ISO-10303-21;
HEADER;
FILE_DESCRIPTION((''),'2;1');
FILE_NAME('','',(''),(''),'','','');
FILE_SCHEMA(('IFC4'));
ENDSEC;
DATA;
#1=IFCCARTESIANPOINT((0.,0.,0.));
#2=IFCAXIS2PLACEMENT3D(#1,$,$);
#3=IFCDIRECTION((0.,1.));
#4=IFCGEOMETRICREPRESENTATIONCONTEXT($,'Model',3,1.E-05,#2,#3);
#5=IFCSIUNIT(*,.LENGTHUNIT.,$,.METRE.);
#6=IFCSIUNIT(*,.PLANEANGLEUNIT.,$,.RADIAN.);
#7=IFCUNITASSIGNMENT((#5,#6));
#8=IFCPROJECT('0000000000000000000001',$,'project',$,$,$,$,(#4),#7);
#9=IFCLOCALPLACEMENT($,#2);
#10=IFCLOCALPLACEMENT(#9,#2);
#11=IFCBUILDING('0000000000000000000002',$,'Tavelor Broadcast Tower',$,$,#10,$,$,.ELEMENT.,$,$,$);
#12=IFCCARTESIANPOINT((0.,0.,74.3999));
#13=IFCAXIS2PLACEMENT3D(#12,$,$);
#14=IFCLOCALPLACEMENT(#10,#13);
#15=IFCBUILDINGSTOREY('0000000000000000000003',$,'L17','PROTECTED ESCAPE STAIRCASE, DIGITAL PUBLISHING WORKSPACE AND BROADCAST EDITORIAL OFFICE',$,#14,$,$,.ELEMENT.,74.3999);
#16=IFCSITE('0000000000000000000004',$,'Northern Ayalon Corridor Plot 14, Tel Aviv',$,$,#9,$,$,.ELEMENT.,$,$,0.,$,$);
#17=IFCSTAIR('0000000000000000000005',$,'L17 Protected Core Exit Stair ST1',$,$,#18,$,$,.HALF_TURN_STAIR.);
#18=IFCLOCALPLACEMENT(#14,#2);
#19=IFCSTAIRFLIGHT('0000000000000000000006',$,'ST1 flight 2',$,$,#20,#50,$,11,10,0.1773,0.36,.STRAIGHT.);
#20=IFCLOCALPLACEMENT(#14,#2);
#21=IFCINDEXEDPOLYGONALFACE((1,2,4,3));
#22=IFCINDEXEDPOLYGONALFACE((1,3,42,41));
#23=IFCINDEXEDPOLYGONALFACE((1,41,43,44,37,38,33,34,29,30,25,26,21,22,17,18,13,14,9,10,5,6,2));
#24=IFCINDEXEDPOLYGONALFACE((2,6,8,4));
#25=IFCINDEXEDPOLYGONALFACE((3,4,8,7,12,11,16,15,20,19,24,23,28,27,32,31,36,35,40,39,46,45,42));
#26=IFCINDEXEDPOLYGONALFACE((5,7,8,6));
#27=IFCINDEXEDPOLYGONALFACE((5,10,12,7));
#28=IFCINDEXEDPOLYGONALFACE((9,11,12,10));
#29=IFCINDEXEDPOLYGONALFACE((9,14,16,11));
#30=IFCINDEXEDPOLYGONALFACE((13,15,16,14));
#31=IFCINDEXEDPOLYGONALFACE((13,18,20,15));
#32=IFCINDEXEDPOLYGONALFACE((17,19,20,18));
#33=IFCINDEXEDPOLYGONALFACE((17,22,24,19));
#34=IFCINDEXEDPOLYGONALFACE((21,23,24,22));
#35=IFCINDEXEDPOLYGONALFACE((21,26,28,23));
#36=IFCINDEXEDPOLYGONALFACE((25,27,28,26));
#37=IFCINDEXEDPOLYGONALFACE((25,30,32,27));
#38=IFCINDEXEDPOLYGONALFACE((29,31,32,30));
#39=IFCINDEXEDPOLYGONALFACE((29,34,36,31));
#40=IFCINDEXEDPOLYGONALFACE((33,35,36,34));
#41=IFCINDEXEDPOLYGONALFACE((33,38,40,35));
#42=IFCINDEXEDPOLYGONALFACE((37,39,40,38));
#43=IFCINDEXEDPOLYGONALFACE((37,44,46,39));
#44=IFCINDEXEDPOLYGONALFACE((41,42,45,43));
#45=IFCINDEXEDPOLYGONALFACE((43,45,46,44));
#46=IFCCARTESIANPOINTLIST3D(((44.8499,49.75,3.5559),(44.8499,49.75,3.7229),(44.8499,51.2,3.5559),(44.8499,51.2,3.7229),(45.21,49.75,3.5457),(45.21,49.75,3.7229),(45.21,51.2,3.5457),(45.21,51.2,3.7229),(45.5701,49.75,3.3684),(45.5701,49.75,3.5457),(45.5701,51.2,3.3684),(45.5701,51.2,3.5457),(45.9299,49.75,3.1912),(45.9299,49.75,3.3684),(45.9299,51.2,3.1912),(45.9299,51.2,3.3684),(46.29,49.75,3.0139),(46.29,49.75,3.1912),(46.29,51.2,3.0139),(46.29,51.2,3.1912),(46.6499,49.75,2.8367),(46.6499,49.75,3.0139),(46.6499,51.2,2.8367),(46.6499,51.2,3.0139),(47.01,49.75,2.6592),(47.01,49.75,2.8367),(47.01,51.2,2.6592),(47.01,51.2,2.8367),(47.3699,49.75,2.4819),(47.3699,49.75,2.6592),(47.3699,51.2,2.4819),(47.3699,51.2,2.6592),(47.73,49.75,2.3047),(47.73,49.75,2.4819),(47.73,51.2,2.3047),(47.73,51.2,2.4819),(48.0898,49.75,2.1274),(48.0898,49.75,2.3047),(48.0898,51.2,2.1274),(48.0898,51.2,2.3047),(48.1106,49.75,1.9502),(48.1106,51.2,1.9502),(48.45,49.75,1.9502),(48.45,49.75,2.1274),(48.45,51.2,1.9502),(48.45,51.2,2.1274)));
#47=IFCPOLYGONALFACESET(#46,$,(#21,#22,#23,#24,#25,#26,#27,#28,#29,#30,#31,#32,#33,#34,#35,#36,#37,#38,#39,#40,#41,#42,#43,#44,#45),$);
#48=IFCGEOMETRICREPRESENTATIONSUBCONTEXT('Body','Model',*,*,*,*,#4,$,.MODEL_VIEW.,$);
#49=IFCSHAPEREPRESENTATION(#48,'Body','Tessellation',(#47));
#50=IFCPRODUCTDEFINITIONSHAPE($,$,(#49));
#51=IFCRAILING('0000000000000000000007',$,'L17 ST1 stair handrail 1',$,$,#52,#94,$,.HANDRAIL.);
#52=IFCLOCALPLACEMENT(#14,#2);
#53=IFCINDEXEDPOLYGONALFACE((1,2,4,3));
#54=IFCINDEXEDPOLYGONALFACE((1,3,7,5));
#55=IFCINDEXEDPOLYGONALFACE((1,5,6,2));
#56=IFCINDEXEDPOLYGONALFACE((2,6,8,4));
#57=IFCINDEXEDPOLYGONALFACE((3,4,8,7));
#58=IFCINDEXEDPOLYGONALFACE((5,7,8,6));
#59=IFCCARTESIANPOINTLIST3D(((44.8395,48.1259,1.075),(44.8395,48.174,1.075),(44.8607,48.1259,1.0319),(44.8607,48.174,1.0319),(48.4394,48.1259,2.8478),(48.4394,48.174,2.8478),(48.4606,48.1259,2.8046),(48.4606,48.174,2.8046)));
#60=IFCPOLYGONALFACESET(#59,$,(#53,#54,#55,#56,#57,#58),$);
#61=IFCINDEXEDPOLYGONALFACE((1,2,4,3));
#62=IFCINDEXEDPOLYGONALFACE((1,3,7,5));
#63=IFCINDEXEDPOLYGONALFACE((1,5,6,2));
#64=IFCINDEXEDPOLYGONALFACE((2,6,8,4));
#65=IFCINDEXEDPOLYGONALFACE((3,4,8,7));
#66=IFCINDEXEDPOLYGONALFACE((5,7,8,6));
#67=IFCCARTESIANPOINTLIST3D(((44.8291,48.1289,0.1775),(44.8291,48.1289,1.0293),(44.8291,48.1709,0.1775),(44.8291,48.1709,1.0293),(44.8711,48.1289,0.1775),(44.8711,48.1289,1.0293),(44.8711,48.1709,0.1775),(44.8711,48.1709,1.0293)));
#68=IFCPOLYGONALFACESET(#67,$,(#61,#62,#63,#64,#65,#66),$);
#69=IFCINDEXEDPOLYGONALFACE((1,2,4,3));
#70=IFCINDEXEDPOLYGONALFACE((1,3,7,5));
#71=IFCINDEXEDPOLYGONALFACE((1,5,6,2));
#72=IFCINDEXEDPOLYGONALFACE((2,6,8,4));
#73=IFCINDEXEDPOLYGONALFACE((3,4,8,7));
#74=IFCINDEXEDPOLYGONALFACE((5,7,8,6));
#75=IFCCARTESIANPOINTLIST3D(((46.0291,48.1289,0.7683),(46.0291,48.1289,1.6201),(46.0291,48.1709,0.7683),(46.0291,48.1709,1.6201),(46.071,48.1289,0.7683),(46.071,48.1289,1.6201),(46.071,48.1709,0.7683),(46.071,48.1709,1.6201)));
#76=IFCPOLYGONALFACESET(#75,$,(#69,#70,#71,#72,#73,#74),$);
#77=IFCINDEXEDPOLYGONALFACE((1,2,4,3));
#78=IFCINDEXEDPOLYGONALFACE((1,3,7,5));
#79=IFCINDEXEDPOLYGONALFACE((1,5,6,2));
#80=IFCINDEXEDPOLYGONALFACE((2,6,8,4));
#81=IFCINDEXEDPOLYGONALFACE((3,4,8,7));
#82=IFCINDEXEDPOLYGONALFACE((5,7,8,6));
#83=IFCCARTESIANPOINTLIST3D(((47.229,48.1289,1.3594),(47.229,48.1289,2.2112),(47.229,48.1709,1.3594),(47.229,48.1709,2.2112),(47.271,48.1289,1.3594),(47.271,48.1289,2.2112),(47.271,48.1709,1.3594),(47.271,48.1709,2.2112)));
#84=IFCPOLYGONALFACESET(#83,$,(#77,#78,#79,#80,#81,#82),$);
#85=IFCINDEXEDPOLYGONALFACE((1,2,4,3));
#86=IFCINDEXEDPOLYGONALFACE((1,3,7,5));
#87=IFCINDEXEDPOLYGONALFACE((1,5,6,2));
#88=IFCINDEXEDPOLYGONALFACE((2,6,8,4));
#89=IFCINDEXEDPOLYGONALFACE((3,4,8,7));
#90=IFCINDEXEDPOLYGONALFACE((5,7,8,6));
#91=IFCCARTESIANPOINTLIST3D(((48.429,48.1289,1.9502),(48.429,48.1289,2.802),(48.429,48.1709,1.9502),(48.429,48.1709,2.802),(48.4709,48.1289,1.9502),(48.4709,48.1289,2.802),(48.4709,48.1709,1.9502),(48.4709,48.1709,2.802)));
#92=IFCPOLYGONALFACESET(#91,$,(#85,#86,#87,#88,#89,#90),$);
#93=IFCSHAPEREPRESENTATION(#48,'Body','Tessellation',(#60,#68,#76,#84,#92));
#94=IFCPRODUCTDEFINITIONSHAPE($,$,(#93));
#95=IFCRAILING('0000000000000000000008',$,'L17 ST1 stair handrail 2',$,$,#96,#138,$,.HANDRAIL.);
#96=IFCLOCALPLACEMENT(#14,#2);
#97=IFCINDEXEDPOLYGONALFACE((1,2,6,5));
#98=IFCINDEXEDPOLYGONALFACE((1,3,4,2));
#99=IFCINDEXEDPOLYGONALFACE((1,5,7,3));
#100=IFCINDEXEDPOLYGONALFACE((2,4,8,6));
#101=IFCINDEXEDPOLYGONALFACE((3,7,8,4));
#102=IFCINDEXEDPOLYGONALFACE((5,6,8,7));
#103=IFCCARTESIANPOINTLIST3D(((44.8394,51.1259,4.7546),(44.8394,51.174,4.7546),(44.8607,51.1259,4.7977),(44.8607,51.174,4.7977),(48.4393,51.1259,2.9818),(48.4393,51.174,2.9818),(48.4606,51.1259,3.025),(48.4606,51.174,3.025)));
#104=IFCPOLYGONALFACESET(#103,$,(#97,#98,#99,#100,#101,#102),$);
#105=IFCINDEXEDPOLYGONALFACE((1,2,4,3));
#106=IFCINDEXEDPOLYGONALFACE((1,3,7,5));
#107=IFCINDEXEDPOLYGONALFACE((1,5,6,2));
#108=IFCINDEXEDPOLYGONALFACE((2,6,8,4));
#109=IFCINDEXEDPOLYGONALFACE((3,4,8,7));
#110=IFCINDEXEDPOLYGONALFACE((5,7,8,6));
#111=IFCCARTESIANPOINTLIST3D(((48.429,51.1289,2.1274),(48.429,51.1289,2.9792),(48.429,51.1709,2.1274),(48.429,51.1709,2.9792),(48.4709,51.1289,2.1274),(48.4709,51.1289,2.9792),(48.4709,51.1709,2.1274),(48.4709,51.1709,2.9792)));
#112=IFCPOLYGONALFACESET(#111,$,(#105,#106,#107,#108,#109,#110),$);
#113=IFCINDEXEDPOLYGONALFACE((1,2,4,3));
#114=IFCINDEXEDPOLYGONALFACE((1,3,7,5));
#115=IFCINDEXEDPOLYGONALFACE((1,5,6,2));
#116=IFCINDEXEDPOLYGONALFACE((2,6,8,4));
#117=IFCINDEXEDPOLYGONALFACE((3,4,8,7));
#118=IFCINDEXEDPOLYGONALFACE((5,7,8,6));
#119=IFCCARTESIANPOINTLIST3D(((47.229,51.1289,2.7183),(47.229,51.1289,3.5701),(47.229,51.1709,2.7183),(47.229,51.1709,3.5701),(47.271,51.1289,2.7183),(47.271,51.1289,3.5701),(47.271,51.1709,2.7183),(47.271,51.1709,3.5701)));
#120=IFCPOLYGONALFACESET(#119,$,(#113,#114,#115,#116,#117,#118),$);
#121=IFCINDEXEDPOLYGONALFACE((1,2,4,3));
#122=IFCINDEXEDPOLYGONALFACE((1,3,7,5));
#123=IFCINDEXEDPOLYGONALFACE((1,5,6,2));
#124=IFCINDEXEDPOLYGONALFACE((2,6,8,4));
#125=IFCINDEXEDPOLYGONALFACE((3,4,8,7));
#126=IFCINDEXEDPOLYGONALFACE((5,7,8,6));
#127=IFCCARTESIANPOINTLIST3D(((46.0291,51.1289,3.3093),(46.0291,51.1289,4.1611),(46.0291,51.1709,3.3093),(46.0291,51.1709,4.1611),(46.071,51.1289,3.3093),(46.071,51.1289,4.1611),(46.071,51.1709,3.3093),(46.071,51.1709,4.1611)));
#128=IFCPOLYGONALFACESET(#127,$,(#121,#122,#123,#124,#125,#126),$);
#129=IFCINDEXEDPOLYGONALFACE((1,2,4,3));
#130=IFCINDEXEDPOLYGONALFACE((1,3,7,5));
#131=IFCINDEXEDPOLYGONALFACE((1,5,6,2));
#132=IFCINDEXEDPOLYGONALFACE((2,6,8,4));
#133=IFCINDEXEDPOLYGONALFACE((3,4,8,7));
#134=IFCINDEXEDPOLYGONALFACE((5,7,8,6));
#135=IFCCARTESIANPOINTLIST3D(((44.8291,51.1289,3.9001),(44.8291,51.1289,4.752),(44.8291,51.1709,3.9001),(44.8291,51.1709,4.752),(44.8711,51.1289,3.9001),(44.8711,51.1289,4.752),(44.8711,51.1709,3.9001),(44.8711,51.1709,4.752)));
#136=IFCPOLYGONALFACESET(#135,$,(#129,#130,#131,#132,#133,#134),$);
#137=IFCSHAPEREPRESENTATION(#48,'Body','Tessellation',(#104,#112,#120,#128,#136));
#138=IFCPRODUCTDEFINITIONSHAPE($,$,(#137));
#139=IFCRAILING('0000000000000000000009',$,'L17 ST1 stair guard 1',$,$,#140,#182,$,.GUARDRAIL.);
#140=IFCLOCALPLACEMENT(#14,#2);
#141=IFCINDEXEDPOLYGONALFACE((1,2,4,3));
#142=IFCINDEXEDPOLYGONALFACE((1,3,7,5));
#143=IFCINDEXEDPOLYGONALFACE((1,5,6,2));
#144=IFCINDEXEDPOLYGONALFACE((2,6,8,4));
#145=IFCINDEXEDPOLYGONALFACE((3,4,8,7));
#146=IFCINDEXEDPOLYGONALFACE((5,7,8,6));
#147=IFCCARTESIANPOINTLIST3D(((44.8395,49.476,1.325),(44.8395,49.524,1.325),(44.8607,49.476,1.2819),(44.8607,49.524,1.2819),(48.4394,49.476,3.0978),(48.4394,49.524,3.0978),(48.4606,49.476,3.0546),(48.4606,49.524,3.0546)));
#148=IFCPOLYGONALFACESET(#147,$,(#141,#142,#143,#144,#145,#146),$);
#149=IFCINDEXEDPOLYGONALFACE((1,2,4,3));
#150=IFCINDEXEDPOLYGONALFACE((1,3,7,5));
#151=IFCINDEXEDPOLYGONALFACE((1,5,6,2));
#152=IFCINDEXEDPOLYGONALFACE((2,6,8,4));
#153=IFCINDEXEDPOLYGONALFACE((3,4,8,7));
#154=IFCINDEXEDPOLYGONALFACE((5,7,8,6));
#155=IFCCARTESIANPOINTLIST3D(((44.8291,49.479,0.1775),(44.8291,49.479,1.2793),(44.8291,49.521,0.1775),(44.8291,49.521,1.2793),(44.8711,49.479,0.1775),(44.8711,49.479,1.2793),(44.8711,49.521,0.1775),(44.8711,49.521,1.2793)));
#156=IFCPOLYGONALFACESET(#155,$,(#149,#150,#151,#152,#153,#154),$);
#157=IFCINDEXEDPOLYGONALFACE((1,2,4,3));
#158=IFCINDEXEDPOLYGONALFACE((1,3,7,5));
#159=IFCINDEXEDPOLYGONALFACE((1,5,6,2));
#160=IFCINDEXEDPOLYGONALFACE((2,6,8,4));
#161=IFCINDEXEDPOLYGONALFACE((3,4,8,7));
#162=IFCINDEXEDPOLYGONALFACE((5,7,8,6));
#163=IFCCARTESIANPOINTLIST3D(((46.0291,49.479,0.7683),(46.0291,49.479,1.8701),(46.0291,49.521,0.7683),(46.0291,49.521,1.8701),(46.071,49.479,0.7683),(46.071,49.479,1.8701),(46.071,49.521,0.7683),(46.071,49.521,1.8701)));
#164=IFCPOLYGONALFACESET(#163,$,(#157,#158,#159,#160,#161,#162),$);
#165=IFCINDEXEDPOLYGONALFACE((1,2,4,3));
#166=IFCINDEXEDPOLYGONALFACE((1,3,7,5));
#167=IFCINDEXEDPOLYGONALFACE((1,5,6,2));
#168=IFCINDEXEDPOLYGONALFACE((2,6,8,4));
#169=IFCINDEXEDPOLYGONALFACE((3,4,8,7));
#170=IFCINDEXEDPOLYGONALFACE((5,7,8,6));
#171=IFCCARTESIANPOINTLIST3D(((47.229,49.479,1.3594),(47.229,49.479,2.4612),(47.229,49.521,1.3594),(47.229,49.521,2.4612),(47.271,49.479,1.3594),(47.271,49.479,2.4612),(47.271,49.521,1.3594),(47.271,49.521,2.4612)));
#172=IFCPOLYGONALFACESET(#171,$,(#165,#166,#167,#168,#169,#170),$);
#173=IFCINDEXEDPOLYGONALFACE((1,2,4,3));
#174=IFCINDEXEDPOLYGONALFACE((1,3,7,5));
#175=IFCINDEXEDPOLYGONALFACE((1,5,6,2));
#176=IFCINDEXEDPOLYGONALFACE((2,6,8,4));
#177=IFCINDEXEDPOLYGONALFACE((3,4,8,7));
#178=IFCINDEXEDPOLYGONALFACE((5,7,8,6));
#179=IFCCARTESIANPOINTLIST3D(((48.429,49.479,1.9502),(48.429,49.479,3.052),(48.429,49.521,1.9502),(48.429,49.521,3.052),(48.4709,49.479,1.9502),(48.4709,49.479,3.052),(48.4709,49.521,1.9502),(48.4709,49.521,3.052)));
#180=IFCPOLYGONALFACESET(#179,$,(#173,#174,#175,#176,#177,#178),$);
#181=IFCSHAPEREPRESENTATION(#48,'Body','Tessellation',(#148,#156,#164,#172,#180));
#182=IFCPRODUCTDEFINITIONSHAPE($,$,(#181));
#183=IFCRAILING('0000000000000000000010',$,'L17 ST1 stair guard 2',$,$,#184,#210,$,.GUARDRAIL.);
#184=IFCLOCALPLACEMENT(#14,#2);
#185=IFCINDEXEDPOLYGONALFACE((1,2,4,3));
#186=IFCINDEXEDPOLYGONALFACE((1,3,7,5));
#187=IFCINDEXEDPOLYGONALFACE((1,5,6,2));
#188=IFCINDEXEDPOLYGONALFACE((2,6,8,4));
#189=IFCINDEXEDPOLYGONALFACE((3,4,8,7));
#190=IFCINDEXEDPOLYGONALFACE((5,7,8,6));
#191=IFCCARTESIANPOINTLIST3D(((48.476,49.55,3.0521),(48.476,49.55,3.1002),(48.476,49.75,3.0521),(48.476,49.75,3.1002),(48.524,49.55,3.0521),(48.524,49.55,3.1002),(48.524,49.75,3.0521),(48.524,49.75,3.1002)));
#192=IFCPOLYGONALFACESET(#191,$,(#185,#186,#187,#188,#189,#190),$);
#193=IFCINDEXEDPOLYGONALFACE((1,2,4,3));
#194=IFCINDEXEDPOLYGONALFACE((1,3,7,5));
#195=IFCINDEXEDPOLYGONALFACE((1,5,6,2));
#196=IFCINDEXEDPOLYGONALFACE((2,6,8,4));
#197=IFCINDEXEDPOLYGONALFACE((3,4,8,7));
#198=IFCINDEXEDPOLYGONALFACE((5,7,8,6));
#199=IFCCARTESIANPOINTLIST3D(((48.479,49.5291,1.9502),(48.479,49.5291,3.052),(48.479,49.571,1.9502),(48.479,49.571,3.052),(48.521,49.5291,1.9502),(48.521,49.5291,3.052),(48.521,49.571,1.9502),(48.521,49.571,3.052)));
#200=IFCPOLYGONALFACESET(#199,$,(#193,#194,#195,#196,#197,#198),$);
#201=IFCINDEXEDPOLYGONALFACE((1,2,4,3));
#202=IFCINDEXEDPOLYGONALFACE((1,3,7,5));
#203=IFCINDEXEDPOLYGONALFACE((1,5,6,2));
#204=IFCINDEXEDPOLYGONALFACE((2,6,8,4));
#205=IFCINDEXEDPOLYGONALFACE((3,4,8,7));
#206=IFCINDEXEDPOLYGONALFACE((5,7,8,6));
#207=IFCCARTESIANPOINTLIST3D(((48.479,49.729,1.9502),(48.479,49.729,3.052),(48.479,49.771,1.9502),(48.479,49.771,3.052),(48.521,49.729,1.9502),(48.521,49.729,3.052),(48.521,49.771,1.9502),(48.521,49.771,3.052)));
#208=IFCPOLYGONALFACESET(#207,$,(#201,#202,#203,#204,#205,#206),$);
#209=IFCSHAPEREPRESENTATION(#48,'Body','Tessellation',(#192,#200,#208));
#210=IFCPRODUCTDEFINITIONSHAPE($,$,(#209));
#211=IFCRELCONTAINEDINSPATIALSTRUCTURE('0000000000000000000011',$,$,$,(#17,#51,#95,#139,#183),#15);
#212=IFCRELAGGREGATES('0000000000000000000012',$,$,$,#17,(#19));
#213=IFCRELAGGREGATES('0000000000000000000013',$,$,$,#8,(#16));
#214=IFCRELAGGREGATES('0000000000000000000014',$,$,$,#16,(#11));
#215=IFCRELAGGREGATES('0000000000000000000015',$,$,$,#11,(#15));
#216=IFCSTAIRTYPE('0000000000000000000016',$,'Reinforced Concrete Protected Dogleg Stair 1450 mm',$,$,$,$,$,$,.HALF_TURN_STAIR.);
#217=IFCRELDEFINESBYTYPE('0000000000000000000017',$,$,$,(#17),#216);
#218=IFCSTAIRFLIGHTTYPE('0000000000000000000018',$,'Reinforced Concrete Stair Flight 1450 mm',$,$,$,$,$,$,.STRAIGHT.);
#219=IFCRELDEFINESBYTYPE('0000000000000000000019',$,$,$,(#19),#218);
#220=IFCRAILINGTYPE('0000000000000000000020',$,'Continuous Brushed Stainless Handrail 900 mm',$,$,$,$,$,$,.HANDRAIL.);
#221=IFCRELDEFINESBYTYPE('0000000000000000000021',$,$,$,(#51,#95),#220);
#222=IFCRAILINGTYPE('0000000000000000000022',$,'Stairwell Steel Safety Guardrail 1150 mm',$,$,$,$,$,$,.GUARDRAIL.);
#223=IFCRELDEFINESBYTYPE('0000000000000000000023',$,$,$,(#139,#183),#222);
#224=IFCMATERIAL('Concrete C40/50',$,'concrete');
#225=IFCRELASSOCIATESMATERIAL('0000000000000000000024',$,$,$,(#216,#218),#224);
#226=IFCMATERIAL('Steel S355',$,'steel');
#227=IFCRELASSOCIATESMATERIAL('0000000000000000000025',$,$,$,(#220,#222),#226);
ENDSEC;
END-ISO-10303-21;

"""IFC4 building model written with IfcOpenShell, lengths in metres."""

from ifc_helpers import new_model, si_unit, direction, frame, origin, origin_2d, place, context, subcontext, project, spatial, polyline, rectangle, outline, extrude, material, type_object, element, aggregate, save


model = new_model("IFC4")

# Units and contexts
model_context = context("Model", 3, precision=1e-05, world=origin(), true_north=direction((0.0, 1.0)))
body_context = subcontext(model_context, "Body", "Model", "MODEL_VIEW")
ifc_project = project(units=[si_unit("LENGTHUNIT", "METRE"), si_unit("PLANEANGLEUNIT", "RADIAN")], contexts=[model_context])

# Site, building, storey
site_placement = place(None, origin())
site = spatial("IfcSite", under=ifc_project, at=site_placement, Name="Northern Ayalon Corridor Plot 14, Tel Aviv", CompositionType="ELEMENT", RefElevation=0.0)
building_placement = place(site_placement, origin())
building = spatial("IfcBuilding", under=site, at=building_placement, Name="Tavelor Broadcast Tower", CompositionType="ELEMENT")
storey_placement = place(building_placement, frame((0.0, 0.0, 74.3999)))
storey = spatial("IfcBuildingStorey", under=building, at=storey_placement, Name="L17", Description="PROTECTED ESCAPE STAIRCASE, DIGITAL PUBLISHING WORKSPACE AND BROADCAST EDITORIAL OFFICE", CompositionType="ELEMENT", Elevation=74.3999)

# Shared definitions
ifc_material_1 = material(Name="Concrete C40/50", Category="concrete")
ifc_material_2 = material(Name="Steel S355", Category="steel")

# Stair, stair flight
stair_type = type_object("IfcStairType", Name="Reinforced Concrete Protected Dogleg Stair 1450 mm", PredefinedType="HALF_TURN_STAIR", material=ifc_material_1)
stair_placement = place(storey_placement, origin())
stair = element("IfcStair", 1, at=stair_placement, inside=storey, type_object=stair_type, Name="L17 Protected Core Exit Stair ST1", PredefinedType="HALF_TURN_STAIR")
stair_flight_type = type_object("IfcStairFlightType", Name="Reinforced Concrete Stair Flight 1450 mm", PredefinedType="STRAIGHT", material=ifc_material_1)
stair_flight_1_placement = place(storey_placement, frame((48.45, 50.4751, 1.9502), z_axis=(0.0, 0.0, 1.0), x_axis=(-1.0, 0.0, 0.0)))
stair_flight_1 = element("IfcStairFlight", 2, at=stair_flight_1_placement, type_object=stair_flight_type, Name="ST1 flight 2", NumberOfRisers=11, NumberOfTreads=10, PredefinedType="STRAIGHT", RiserHeight=0.1773, TreadLength=0.36, context=body_context, shape_type="SweptSolid", body=[
    extrude(outline(polyline([(0.0, 0.0), (0.0, 0.1772), (0.3601, 0.1772), (0.3601, 0.3545), (0.72, 0.3545), (0.72, 0.5317), (1.0801, 0.5317), (1.0801, 0.709), (1.4399, 0.709), (1.4399, 0.8865), (1.8, 0.8865), (1.8, 1.0637), (2.1599, 1.0637), (2.1599, 1.241), (2.52, 1.241), (2.52, 1.4182), (2.8799, 1.4182), (2.8799, 1.5955), (3.24, 1.5955), (3.24, 1.7727), (3.6001, 1.7727), (3.6001, 1.95), (3.6001, 1.6057), (0.3394, 0.0), (0.0, 0.0)])), frame((0.0, 0.7251, 0.0), z_axis=(0.0, -1.0, 0.0), x_axis=(1.0, 0.0, 0.0)), (0.0, 0.0, 1.0), 1.45),
])
aggregate(stair, [stair_flight_1])

# Railings
railing_type_1 = type_object("IfcRailingType", Name="Continuous Brushed Stainless Handrail 900 mm", PredefinedType="HANDRAIL", material=ifc_material_2)
railing_1_placement = place(storey_placement, frame((44.8501, 48.1499, 0.1775)))
element("IfcRailing", 3, at=railing_1_placement, inside=storey, type_object=railing_type_1, Name="L17 ST1 stair handrail 1", PredefinedType="HANDRAIL", context=body_context, shape_type="SweptSolid", body=[
    extrude(rectangle(XDim=0.0481, YDim=0.0481, at=origin_2d()), frame((0.0, 0.0, 0.876), z_axis=(0.897124, 0.0, 0.441778), x_axis=(0.0, 1.0, 0.0)), (0.0, 0.0, 1.0), 4.0127),
    extrude(rectangle(XDim=0.042, YDim=0.042, at=origin_2d()), origin(), (0.0, 0.0, 1.0), 0.8518),
    extrude(rectangle(XDim=0.042, YDim=0.042, at=origin_2d()), frame((1.2, 0.0, 0.5908)), (0.0, 0.0, 1.0), 0.8518),
    extrude(rectangle(XDim=0.042, YDim=0.042, at=origin_2d()), frame((2.3999, 0.0, 1.1819)), (0.0, 0.0, 1.0), 0.8518),
    extrude(rectangle(XDim=0.042, YDim=0.042, at=origin_2d()), frame((3.5999, 0.0, 1.7727)), (0.0, 0.0, 1.0), 0.8518),
])
railing_2_placement = place(storey_placement, frame((48.45, 51.1499, 2.1274)))
element("IfcRailing", 4, at=railing_2_placement, inside=storey, type_object=railing_type_1, Name="L17 ST1 stair handrail 2", PredefinedType="HANDRAIL", context=body_context, shape_type="SweptSolid", body=[
    extrude(rectangle(XDim=0.0481, YDim=0.0481, at=origin_2d()), frame((0.0, 0.0, 0.876), z_axis=(-0.897124, 0.0, 0.441778), x_axis=(0.0, -1.0, 0.0)), (0.0, 0.0, 1.0), 4.0127),
    extrude(rectangle(XDim=0.042, YDim=0.042, at=origin_2d()), origin(), (0.0, 0.0, 1.0), 0.8518),
    extrude(rectangle(XDim=0.042, YDim=0.042, at=origin_2d()), frame((-1.2, 0.0, 0.5908)), (0.0, 0.0, 1.0), 0.8518),
    extrude(rectangle(XDim=0.042, YDim=0.042, at=origin_2d()), frame((-2.3999, 0.0, 1.1819)), (0.0, 0.0, 1.0), 0.8518),
    extrude(rectangle(XDim=0.042, YDim=0.042, at=origin_2d()), frame((-3.5999, 0.0, 1.7727)), (0.0, 0.0, 1.0), 0.8518),
])
railing_type_2 = type_object("IfcRailingType", Name="Stairwell Steel Safety Guardrail 1150 mm", PredefinedType="GUARDRAIL", material=ifc_material_2)
railing_3_placement = place(storey_placement, frame((44.8501, 49.5, 0.1775)))
element("IfcRailing", 5, at=railing_3_placement, inside=storey, type_object=railing_type_2, Name="L17 ST1 stair guard 1", PredefinedType="GUARDRAIL", context=body_context, shape_type="SweptSolid", body=[
    extrude(rectangle(XDim=0.0481, YDim=0.0481, at=origin_2d()), frame((0.0, 0.0, 1.126), z_axis=(0.897124, 0.0, 0.441778), x_axis=(0.0, 1.0, 0.0)), (0.0, 0.0, 1.0), 4.0127),
    extrude(rectangle(XDim=0.042, YDim=0.042, at=origin_2d()), origin(), (0.0, 0.0, 1.0), 1.1018),
    extrude(rectangle(XDim=0.042, YDim=0.042, at=origin_2d()), frame((1.2, 0.0, 0.5908)), (0.0, 0.0, 1.0), 1.1018),
    extrude(rectangle(XDim=0.042, YDim=0.042, at=origin_2d()), frame((2.3999, 0.0, 1.1819)), (0.0, 0.0, 1.0), 1.1018),
    extrude(rectangle(XDim=0.042, YDim=0.042, at=origin_2d()), frame((3.5999, 0.0, 1.7727)), (0.0, 0.0, 1.0), 1.1018),
])
railing_4_placement = place(storey_placement, frame((48.5, 49.55, 1.9502)))
element("IfcRailing", 6, at=railing_4_placement, inside=storey, type_object=railing_type_2, Name="L17 ST1 stair guard 2", PredefinedType="GUARDRAIL", context=body_context, shape_type="SweptSolid", body=[
    extrude(rectangle(XDim=0.0481, YDim=0.0481, at=origin_2d()), frame((0.0, 0.0, 1.126), z_axis=(0.0, 1.0, 0.0), x_axis=(-1.0, 0.0, 0.0)), (0.0, 0.0, 1.0), 0.2),
    extrude(rectangle(XDim=0.042, YDim=0.042, at=origin_2d()), origin(), (0.0, 0.0, 1.0), 1.1018),
    extrude(rectangle(XDim=0.042, YDim=0.042, at=origin_2d()), frame((0.0, 0.2, 0.0)), (0.0, 0.0, 1.0), 1.1018),
])

save(model, "model.ifc")
